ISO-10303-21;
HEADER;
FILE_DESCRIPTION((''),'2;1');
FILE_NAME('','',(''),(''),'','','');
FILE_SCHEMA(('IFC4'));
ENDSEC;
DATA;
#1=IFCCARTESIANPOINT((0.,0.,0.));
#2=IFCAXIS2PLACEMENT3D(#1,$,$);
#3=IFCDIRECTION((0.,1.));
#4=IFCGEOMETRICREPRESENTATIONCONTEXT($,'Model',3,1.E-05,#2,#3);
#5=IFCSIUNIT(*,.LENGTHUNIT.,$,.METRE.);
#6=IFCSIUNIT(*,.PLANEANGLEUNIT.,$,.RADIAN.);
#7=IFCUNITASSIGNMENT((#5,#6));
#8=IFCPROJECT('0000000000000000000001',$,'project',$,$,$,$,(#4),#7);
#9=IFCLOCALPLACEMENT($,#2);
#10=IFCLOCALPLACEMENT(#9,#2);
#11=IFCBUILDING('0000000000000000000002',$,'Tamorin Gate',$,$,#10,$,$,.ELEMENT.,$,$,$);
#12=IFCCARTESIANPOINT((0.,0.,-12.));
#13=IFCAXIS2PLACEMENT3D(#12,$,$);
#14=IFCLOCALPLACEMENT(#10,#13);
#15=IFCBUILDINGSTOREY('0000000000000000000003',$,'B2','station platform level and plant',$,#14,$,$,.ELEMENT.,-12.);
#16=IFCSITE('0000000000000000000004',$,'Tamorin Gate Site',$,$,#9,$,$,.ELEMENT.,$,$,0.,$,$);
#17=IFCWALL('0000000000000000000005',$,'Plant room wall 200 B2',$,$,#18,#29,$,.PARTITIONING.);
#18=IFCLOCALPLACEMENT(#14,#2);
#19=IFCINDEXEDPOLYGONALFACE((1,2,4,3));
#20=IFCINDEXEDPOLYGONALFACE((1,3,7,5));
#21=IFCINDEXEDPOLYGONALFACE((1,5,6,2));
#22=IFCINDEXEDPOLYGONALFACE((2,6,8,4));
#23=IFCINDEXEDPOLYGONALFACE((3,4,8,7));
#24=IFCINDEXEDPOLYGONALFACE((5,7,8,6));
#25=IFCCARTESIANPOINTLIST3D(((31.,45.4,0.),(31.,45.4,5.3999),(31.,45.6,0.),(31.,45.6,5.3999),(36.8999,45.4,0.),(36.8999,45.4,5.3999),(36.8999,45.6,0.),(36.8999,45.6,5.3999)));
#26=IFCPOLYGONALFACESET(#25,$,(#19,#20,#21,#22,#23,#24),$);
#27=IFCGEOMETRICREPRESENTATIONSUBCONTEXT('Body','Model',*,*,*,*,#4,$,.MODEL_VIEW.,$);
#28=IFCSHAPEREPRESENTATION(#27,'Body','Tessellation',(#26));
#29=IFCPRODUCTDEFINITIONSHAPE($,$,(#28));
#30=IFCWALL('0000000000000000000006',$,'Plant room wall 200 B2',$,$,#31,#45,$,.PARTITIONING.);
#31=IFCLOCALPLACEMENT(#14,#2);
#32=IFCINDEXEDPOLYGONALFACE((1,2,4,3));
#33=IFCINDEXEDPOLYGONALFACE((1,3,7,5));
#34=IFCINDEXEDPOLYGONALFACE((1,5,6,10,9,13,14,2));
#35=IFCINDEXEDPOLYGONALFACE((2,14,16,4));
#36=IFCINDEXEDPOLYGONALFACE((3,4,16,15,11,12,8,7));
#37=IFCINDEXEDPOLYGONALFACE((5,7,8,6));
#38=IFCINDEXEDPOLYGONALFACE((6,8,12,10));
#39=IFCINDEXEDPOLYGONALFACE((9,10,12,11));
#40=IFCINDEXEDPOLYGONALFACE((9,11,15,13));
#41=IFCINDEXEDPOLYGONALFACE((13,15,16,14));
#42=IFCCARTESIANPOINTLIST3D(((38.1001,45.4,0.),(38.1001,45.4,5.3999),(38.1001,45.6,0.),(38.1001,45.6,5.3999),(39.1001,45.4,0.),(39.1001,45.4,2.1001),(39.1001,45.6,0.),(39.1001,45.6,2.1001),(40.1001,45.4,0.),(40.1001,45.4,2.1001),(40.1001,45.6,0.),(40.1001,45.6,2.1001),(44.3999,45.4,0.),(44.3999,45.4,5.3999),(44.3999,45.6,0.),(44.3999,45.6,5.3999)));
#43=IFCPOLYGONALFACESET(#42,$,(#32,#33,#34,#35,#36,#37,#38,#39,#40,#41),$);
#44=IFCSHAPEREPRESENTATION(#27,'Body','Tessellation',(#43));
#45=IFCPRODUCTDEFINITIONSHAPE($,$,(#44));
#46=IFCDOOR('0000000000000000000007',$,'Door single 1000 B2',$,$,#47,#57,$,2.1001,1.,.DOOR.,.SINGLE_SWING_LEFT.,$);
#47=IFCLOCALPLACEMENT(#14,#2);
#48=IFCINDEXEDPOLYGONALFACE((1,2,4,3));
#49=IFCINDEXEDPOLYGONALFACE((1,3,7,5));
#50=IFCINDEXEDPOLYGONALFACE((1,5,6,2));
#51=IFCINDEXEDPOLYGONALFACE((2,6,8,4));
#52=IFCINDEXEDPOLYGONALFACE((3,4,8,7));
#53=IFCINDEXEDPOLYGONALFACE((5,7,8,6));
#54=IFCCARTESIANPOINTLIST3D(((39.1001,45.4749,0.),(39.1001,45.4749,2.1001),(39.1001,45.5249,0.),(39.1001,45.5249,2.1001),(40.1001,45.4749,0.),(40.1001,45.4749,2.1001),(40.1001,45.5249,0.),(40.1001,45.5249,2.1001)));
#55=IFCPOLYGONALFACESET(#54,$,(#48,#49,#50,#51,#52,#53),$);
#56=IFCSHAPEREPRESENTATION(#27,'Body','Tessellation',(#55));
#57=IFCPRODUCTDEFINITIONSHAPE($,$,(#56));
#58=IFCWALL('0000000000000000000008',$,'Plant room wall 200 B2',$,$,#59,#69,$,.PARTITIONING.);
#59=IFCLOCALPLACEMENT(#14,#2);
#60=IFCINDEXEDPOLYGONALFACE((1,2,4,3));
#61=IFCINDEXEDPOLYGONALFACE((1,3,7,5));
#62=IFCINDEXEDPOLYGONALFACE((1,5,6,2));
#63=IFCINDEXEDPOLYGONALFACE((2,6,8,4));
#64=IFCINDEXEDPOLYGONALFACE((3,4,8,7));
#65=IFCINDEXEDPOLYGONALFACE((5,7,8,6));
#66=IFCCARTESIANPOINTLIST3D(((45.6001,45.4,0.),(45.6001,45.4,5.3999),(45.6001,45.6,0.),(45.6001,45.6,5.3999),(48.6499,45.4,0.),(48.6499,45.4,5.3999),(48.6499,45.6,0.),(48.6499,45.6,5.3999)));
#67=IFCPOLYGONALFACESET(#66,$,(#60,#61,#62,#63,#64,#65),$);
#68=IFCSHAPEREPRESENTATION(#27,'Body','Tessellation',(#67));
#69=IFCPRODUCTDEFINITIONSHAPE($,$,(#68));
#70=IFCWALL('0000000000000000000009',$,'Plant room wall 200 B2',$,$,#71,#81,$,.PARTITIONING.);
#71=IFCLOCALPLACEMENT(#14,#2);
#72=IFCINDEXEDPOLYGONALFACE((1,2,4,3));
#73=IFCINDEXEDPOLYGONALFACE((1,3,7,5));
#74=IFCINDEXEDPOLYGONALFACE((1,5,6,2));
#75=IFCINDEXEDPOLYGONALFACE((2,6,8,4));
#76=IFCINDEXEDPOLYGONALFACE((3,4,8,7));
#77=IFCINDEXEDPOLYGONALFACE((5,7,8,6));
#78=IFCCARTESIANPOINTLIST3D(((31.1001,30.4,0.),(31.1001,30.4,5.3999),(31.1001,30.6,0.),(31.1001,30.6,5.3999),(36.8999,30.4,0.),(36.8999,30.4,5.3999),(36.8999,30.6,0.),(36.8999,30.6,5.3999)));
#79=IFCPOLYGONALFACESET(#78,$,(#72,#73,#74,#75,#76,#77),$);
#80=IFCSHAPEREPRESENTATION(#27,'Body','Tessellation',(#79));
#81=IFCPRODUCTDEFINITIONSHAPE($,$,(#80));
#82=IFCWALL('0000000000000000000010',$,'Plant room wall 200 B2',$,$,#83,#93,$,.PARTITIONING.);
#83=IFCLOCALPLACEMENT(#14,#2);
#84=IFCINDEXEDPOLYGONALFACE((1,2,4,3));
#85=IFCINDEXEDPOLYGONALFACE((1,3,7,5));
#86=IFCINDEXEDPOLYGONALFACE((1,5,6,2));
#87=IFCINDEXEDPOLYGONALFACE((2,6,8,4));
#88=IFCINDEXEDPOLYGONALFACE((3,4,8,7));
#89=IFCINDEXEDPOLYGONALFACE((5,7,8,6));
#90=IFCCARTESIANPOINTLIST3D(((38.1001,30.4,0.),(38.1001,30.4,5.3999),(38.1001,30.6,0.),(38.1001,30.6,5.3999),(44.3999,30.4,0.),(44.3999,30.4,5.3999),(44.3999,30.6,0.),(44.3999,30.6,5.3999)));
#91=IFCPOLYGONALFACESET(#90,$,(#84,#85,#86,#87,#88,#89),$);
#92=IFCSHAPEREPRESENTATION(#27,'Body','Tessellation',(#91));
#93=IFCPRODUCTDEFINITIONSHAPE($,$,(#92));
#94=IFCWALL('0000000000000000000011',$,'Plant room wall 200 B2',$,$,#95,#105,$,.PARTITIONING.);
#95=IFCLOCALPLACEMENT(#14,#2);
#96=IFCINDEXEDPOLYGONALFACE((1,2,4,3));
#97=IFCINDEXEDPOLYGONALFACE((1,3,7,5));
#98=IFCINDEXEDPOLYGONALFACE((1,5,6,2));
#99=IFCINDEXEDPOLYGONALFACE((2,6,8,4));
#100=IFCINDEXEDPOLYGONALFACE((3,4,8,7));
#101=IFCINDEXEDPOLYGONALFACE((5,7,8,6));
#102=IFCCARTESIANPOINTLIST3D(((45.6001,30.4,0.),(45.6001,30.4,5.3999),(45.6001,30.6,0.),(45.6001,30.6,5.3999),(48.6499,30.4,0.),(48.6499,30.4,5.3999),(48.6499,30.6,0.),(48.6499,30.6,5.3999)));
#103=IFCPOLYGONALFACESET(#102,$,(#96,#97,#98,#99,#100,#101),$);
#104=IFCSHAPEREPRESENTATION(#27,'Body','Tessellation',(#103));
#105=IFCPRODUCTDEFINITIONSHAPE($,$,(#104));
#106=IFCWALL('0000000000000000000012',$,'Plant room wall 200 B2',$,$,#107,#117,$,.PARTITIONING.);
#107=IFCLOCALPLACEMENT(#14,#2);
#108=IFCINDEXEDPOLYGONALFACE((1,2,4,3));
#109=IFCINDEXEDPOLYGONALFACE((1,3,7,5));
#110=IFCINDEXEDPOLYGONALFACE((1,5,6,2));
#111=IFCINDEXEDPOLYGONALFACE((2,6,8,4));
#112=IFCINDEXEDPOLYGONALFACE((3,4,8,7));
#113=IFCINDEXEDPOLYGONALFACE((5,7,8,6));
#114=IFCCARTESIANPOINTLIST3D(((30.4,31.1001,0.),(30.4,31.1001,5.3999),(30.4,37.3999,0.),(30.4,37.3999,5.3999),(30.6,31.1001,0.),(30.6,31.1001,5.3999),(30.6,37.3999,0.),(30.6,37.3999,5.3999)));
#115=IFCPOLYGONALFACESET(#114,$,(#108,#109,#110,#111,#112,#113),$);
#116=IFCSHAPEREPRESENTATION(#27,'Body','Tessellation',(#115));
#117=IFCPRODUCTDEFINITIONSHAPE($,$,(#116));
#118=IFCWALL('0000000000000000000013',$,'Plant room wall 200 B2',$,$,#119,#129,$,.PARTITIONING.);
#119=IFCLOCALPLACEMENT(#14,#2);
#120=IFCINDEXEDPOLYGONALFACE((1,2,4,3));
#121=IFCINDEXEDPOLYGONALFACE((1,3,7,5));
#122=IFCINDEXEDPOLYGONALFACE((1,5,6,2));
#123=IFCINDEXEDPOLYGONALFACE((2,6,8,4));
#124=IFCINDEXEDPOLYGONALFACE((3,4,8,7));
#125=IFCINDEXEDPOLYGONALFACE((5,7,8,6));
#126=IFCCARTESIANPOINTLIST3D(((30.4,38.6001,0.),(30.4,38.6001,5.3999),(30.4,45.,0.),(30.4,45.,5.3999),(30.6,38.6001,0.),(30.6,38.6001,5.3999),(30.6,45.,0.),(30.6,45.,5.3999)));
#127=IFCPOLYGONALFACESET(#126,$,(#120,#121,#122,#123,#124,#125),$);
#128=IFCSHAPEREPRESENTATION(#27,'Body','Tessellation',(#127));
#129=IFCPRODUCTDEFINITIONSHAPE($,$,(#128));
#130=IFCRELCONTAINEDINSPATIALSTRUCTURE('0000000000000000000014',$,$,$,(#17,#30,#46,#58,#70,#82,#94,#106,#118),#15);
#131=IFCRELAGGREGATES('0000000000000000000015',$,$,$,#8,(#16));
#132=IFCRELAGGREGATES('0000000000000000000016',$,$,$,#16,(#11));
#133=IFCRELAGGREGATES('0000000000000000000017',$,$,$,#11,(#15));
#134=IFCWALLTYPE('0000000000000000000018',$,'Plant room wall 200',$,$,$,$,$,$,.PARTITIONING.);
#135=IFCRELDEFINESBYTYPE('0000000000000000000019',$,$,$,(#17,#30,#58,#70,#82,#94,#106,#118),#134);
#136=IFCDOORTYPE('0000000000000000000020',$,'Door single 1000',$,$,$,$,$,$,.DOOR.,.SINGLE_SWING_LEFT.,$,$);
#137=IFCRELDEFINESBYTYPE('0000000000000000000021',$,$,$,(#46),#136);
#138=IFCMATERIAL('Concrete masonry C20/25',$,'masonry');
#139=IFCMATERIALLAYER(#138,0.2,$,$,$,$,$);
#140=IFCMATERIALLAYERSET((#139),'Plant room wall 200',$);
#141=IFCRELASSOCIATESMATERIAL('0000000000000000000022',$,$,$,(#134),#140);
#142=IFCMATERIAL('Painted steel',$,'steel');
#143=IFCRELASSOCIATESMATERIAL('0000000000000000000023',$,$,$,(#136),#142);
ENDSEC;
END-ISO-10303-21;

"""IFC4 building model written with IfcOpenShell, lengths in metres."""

from ifc_helpers import new_model, si_unit, direction, frame, frame_2d, origin, place, context, subcontext, project, spatial, rectangle, extrude, material, layer, layer_set, type_object, element, fill, save


model = new_model("IFC4")

# Units and contexts
model_context = context("Model", 3, precision=1e-05, world=origin(), true_north=direction((0.0, 1.0)))
body_context = subcontext(model_context, "Body", "Model", "MODEL_VIEW")
ifc_project = project(units=[si_unit("LENGTHUNIT", "METRE"), si_unit("PLANEANGLEUNIT", "RADIAN")], contexts=[model_context])

# Site, building, storey
site_placement = place(None, origin())
site = spatial("IfcSite", under=ifc_project, at=site_placement, Name="Tamorin Gate Site", CompositionType="ELEMENT", RefElevation=0.0)
building_placement = place(site_placement, origin())
building = spatial("IfcBuilding", under=site, at=building_placement, Name="Tamorin Gate", CompositionType="ELEMENT")
storey_placement = place(building_placement, frame((0.0, 0.0, -12.0)))
storey = spatial("IfcBuildingStorey", under=building, at=storey_placement, Name="B2", Description="station platform level and plant", CompositionType="ELEMENT", Elevation=-12.0)

# Wall
ifc_material_1 = material(Name="Concrete masonry C20/25", Category="masonry")
ifc_layer = layer(ifc_material_1, 0.2)
ifc_layer_set = layer_set([ifc_layer], Name="Plant room wall 200")
wall_type = type_object("IfcWallType", Name="Plant room wall 200", PredefinedType="PARTITIONING", material=ifc_layer_set)
wall_1_placement = place(storey_placement, frame((31.0, 45.5, 0.0), z_axis=(0.0, 0.0, 1.0), x_axis=(1.0, 0.0, 0.0)))
element("IfcWall", 1, at=wall_1_placement, inside=storey, type_object=wall_type, Name="Plant room wall 200 B2", PredefinedType="PARTITIONING", context=body_context, shape_type="SweptSolid", body=[
    extrude(rectangle(XDim=5.8999, YDim=0.2, at=frame_2d((2.95, 0.0))), origin(), (0.0, 0.0, 1.0), 5.3999),
])

# Wall, opening, door
wall_2_placement = place(storey_placement, frame((38.1001, 45.5, 0.0), z_axis=(0.0, 0.0, 1.0), x_axis=(1.0, 0.0, 0.0)))
wall_2 = element("IfcWall", 2, at=wall_2_placement, inside=storey, type_object=wall_type, Name="Plant room wall 200 B2", PredefinedType="PARTITIONING", context=body_context, shape_type="SweptSolid", body=[
    extrude(rectangle(XDim=6.2998, YDim=0.2, at=frame_2d((3.1499, 0.0))), origin(), (0.0, 0.0, 1.0), 5.3999),
])
opening_placement = place(wall_2_placement, frame((1.0, 0.0, 0.0)))
opening = element("IfcOpeningElement", 3, at=opening_placement, cuts=wall_2, PredefinedType="OPENING", context=body_context, shape_type="SweptSolid", body=[
    extrude(rectangle(XDim=1.0, YDim=2.1001, at=frame_2d((0.5, 1.05))), frame((0.0, 0.1099, 0.0), z_axis=(0.0, -1.0, 0.0), x_axis=(1.0, 0.0, 0.0)), (0.0, 0.0, 1.0), 0.22),
])
ifc_material_2 = material(Name="Painted steel", Category="steel")
door_type = type_object("IfcDoorType", Name="Door single 1000", OperationType="SINGLE_SWING_LEFT", PredefinedType="DOOR", material=ifc_material_2)
door_placement = place(opening_placement, origin())
door = element("IfcDoor", 4, at=door_placement, inside=storey, type_object=door_type, Name="Door single 1000 B2", OperationType="SINGLE_SWING_LEFT", OverallHeight=2.1001, OverallWidth=1.0, PredefinedType="DOOR", context=body_context, shape_type="SweptSolid", body=[
    extrude(rectangle(XDim=1.0, YDim=2.1001, at=frame_2d((0.5, 1.05))), frame((0.0, 0.0249, 0.0), z_axis=(0.0, -1.0, 0.0), x_axis=(1.0, 0.0, 0.0)), (0.0, 0.0, 1.0), 0.05),
])
fill(opening, door)

# Walls
wall_3_placement = place(storey_placement, frame((45.6001, 45.5, 0.0), z_axis=(0.0, 0.0, 1.0), x_axis=(1.0, 0.0, 0.0)))
element("IfcWall", 5, at=wall_3_placement, inside=storey, type_object=wall_type, Name="Plant room wall 200 B2", PredefinedType="PARTITIONING", context=body_context, shape_type="SweptSolid", body=[
    extrude(rectangle(XDim=3.0498, YDim=0.2, at=frame_2d((1.5249, 0.0))), origin(), (0.0, 0.0, 1.0), 5.3999),
])
wall_4_placement = place(storey_placement, frame((31.1001, 30.5, 0.0), z_axis=(0.0, 0.0, 1.0), x_axis=(1.0, 0.0, 0.0)))
element("IfcWall", 6, at=wall_4_placement, inside=storey, type_object=wall_type, Name="Plant room wall 200 B2", PredefinedType="PARTITIONING", context=body_context, shape_type="SweptSolid", body=[
    extrude(rectangle(XDim=5.7998, YDim=0.2, at=frame_2d((2.8999, 0.0))), origin(), (0.0, 0.0, 1.0), 5.3999),
])
wall_5_placement = place(storey_placement, frame((38.1001, 30.5, 0.0), z_axis=(0.0, 0.0, 1.0), x_axis=(1.0, 0.0, 0.0)))
element("IfcWall", 7, at=wall_5_placement, inside=storey, type_object=wall_type, Name="Plant room wall 200 B2", PredefinedType="PARTITIONING", context=body_context, shape_type="SweptSolid", body=[
    extrude(rectangle(XDim=6.2998, YDim=0.2, at=frame_2d((3.1499, 0.0))), origin(), (0.0, 0.0, 1.0), 5.3999),
])
wall_6_placement = place(storey_placement, frame((45.6001, 30.5, 0.0), z_axis=(0.0, 0.0, 1.0), x_axis=(1.0, 0.0, 0.0)))
element("IfcWall", 8, at=wall_6_placement, inside=storey, type_object=wall_type, Name="Plant room wall 200 B2", PredefinedType="PARTITIONING", context=body_context, shape_type="SweptSolid", body=[
    extrude(rectangle(XDim=3.0498, YDim=0.2, at=frame_2d((1.5249, 0.0))), origin(), (0.0, 0.0, 1.0), 5.3999),
])
wall_7_placement = place(storey_placement, frame((30.5, 31.1001, 0.0), z_axis=(0.0, 0.0, 1.0), x_axis=(0.0, 1.0, 0.0)))
element("IfcWall", 9, at=wall_7_placement, inside=storey, type_object=wall_type, Name="Plant room wall 200 B2", PredefinedType="PARTITIONING", context=body_context, shape_type="SweptSolid", body=[
    extrude(rectangle(XDim=6.2998, YDim=0.2, at=frame_2d((3.1499, 0.0))), origin(), (0.0, 0.0, 1.0), 5.3999),
])
wall_8_placement = place(storey_placement, frame((30.5, 38.6001, 0.0), z_axis=(0.0, 0.0, 1.0), x_axis=(0.0, 1.0, 0.0)))
element("IfcWall", 10, at=wall_8_placement, inside=storey, type_object=wall_type, Name="Plant room wall 200 B2", PredefinedType="PARTITIONING", context=body_context, shape_type="SweptSolid", body=[
    extrude(rectangle(XDim=6.3999, YDim=0.2, at=frame_2d((3.2, 0.0))), origin(), (0.0, 0.0, 1.0), 5.3999),
])

save(model, "model.ifc")
